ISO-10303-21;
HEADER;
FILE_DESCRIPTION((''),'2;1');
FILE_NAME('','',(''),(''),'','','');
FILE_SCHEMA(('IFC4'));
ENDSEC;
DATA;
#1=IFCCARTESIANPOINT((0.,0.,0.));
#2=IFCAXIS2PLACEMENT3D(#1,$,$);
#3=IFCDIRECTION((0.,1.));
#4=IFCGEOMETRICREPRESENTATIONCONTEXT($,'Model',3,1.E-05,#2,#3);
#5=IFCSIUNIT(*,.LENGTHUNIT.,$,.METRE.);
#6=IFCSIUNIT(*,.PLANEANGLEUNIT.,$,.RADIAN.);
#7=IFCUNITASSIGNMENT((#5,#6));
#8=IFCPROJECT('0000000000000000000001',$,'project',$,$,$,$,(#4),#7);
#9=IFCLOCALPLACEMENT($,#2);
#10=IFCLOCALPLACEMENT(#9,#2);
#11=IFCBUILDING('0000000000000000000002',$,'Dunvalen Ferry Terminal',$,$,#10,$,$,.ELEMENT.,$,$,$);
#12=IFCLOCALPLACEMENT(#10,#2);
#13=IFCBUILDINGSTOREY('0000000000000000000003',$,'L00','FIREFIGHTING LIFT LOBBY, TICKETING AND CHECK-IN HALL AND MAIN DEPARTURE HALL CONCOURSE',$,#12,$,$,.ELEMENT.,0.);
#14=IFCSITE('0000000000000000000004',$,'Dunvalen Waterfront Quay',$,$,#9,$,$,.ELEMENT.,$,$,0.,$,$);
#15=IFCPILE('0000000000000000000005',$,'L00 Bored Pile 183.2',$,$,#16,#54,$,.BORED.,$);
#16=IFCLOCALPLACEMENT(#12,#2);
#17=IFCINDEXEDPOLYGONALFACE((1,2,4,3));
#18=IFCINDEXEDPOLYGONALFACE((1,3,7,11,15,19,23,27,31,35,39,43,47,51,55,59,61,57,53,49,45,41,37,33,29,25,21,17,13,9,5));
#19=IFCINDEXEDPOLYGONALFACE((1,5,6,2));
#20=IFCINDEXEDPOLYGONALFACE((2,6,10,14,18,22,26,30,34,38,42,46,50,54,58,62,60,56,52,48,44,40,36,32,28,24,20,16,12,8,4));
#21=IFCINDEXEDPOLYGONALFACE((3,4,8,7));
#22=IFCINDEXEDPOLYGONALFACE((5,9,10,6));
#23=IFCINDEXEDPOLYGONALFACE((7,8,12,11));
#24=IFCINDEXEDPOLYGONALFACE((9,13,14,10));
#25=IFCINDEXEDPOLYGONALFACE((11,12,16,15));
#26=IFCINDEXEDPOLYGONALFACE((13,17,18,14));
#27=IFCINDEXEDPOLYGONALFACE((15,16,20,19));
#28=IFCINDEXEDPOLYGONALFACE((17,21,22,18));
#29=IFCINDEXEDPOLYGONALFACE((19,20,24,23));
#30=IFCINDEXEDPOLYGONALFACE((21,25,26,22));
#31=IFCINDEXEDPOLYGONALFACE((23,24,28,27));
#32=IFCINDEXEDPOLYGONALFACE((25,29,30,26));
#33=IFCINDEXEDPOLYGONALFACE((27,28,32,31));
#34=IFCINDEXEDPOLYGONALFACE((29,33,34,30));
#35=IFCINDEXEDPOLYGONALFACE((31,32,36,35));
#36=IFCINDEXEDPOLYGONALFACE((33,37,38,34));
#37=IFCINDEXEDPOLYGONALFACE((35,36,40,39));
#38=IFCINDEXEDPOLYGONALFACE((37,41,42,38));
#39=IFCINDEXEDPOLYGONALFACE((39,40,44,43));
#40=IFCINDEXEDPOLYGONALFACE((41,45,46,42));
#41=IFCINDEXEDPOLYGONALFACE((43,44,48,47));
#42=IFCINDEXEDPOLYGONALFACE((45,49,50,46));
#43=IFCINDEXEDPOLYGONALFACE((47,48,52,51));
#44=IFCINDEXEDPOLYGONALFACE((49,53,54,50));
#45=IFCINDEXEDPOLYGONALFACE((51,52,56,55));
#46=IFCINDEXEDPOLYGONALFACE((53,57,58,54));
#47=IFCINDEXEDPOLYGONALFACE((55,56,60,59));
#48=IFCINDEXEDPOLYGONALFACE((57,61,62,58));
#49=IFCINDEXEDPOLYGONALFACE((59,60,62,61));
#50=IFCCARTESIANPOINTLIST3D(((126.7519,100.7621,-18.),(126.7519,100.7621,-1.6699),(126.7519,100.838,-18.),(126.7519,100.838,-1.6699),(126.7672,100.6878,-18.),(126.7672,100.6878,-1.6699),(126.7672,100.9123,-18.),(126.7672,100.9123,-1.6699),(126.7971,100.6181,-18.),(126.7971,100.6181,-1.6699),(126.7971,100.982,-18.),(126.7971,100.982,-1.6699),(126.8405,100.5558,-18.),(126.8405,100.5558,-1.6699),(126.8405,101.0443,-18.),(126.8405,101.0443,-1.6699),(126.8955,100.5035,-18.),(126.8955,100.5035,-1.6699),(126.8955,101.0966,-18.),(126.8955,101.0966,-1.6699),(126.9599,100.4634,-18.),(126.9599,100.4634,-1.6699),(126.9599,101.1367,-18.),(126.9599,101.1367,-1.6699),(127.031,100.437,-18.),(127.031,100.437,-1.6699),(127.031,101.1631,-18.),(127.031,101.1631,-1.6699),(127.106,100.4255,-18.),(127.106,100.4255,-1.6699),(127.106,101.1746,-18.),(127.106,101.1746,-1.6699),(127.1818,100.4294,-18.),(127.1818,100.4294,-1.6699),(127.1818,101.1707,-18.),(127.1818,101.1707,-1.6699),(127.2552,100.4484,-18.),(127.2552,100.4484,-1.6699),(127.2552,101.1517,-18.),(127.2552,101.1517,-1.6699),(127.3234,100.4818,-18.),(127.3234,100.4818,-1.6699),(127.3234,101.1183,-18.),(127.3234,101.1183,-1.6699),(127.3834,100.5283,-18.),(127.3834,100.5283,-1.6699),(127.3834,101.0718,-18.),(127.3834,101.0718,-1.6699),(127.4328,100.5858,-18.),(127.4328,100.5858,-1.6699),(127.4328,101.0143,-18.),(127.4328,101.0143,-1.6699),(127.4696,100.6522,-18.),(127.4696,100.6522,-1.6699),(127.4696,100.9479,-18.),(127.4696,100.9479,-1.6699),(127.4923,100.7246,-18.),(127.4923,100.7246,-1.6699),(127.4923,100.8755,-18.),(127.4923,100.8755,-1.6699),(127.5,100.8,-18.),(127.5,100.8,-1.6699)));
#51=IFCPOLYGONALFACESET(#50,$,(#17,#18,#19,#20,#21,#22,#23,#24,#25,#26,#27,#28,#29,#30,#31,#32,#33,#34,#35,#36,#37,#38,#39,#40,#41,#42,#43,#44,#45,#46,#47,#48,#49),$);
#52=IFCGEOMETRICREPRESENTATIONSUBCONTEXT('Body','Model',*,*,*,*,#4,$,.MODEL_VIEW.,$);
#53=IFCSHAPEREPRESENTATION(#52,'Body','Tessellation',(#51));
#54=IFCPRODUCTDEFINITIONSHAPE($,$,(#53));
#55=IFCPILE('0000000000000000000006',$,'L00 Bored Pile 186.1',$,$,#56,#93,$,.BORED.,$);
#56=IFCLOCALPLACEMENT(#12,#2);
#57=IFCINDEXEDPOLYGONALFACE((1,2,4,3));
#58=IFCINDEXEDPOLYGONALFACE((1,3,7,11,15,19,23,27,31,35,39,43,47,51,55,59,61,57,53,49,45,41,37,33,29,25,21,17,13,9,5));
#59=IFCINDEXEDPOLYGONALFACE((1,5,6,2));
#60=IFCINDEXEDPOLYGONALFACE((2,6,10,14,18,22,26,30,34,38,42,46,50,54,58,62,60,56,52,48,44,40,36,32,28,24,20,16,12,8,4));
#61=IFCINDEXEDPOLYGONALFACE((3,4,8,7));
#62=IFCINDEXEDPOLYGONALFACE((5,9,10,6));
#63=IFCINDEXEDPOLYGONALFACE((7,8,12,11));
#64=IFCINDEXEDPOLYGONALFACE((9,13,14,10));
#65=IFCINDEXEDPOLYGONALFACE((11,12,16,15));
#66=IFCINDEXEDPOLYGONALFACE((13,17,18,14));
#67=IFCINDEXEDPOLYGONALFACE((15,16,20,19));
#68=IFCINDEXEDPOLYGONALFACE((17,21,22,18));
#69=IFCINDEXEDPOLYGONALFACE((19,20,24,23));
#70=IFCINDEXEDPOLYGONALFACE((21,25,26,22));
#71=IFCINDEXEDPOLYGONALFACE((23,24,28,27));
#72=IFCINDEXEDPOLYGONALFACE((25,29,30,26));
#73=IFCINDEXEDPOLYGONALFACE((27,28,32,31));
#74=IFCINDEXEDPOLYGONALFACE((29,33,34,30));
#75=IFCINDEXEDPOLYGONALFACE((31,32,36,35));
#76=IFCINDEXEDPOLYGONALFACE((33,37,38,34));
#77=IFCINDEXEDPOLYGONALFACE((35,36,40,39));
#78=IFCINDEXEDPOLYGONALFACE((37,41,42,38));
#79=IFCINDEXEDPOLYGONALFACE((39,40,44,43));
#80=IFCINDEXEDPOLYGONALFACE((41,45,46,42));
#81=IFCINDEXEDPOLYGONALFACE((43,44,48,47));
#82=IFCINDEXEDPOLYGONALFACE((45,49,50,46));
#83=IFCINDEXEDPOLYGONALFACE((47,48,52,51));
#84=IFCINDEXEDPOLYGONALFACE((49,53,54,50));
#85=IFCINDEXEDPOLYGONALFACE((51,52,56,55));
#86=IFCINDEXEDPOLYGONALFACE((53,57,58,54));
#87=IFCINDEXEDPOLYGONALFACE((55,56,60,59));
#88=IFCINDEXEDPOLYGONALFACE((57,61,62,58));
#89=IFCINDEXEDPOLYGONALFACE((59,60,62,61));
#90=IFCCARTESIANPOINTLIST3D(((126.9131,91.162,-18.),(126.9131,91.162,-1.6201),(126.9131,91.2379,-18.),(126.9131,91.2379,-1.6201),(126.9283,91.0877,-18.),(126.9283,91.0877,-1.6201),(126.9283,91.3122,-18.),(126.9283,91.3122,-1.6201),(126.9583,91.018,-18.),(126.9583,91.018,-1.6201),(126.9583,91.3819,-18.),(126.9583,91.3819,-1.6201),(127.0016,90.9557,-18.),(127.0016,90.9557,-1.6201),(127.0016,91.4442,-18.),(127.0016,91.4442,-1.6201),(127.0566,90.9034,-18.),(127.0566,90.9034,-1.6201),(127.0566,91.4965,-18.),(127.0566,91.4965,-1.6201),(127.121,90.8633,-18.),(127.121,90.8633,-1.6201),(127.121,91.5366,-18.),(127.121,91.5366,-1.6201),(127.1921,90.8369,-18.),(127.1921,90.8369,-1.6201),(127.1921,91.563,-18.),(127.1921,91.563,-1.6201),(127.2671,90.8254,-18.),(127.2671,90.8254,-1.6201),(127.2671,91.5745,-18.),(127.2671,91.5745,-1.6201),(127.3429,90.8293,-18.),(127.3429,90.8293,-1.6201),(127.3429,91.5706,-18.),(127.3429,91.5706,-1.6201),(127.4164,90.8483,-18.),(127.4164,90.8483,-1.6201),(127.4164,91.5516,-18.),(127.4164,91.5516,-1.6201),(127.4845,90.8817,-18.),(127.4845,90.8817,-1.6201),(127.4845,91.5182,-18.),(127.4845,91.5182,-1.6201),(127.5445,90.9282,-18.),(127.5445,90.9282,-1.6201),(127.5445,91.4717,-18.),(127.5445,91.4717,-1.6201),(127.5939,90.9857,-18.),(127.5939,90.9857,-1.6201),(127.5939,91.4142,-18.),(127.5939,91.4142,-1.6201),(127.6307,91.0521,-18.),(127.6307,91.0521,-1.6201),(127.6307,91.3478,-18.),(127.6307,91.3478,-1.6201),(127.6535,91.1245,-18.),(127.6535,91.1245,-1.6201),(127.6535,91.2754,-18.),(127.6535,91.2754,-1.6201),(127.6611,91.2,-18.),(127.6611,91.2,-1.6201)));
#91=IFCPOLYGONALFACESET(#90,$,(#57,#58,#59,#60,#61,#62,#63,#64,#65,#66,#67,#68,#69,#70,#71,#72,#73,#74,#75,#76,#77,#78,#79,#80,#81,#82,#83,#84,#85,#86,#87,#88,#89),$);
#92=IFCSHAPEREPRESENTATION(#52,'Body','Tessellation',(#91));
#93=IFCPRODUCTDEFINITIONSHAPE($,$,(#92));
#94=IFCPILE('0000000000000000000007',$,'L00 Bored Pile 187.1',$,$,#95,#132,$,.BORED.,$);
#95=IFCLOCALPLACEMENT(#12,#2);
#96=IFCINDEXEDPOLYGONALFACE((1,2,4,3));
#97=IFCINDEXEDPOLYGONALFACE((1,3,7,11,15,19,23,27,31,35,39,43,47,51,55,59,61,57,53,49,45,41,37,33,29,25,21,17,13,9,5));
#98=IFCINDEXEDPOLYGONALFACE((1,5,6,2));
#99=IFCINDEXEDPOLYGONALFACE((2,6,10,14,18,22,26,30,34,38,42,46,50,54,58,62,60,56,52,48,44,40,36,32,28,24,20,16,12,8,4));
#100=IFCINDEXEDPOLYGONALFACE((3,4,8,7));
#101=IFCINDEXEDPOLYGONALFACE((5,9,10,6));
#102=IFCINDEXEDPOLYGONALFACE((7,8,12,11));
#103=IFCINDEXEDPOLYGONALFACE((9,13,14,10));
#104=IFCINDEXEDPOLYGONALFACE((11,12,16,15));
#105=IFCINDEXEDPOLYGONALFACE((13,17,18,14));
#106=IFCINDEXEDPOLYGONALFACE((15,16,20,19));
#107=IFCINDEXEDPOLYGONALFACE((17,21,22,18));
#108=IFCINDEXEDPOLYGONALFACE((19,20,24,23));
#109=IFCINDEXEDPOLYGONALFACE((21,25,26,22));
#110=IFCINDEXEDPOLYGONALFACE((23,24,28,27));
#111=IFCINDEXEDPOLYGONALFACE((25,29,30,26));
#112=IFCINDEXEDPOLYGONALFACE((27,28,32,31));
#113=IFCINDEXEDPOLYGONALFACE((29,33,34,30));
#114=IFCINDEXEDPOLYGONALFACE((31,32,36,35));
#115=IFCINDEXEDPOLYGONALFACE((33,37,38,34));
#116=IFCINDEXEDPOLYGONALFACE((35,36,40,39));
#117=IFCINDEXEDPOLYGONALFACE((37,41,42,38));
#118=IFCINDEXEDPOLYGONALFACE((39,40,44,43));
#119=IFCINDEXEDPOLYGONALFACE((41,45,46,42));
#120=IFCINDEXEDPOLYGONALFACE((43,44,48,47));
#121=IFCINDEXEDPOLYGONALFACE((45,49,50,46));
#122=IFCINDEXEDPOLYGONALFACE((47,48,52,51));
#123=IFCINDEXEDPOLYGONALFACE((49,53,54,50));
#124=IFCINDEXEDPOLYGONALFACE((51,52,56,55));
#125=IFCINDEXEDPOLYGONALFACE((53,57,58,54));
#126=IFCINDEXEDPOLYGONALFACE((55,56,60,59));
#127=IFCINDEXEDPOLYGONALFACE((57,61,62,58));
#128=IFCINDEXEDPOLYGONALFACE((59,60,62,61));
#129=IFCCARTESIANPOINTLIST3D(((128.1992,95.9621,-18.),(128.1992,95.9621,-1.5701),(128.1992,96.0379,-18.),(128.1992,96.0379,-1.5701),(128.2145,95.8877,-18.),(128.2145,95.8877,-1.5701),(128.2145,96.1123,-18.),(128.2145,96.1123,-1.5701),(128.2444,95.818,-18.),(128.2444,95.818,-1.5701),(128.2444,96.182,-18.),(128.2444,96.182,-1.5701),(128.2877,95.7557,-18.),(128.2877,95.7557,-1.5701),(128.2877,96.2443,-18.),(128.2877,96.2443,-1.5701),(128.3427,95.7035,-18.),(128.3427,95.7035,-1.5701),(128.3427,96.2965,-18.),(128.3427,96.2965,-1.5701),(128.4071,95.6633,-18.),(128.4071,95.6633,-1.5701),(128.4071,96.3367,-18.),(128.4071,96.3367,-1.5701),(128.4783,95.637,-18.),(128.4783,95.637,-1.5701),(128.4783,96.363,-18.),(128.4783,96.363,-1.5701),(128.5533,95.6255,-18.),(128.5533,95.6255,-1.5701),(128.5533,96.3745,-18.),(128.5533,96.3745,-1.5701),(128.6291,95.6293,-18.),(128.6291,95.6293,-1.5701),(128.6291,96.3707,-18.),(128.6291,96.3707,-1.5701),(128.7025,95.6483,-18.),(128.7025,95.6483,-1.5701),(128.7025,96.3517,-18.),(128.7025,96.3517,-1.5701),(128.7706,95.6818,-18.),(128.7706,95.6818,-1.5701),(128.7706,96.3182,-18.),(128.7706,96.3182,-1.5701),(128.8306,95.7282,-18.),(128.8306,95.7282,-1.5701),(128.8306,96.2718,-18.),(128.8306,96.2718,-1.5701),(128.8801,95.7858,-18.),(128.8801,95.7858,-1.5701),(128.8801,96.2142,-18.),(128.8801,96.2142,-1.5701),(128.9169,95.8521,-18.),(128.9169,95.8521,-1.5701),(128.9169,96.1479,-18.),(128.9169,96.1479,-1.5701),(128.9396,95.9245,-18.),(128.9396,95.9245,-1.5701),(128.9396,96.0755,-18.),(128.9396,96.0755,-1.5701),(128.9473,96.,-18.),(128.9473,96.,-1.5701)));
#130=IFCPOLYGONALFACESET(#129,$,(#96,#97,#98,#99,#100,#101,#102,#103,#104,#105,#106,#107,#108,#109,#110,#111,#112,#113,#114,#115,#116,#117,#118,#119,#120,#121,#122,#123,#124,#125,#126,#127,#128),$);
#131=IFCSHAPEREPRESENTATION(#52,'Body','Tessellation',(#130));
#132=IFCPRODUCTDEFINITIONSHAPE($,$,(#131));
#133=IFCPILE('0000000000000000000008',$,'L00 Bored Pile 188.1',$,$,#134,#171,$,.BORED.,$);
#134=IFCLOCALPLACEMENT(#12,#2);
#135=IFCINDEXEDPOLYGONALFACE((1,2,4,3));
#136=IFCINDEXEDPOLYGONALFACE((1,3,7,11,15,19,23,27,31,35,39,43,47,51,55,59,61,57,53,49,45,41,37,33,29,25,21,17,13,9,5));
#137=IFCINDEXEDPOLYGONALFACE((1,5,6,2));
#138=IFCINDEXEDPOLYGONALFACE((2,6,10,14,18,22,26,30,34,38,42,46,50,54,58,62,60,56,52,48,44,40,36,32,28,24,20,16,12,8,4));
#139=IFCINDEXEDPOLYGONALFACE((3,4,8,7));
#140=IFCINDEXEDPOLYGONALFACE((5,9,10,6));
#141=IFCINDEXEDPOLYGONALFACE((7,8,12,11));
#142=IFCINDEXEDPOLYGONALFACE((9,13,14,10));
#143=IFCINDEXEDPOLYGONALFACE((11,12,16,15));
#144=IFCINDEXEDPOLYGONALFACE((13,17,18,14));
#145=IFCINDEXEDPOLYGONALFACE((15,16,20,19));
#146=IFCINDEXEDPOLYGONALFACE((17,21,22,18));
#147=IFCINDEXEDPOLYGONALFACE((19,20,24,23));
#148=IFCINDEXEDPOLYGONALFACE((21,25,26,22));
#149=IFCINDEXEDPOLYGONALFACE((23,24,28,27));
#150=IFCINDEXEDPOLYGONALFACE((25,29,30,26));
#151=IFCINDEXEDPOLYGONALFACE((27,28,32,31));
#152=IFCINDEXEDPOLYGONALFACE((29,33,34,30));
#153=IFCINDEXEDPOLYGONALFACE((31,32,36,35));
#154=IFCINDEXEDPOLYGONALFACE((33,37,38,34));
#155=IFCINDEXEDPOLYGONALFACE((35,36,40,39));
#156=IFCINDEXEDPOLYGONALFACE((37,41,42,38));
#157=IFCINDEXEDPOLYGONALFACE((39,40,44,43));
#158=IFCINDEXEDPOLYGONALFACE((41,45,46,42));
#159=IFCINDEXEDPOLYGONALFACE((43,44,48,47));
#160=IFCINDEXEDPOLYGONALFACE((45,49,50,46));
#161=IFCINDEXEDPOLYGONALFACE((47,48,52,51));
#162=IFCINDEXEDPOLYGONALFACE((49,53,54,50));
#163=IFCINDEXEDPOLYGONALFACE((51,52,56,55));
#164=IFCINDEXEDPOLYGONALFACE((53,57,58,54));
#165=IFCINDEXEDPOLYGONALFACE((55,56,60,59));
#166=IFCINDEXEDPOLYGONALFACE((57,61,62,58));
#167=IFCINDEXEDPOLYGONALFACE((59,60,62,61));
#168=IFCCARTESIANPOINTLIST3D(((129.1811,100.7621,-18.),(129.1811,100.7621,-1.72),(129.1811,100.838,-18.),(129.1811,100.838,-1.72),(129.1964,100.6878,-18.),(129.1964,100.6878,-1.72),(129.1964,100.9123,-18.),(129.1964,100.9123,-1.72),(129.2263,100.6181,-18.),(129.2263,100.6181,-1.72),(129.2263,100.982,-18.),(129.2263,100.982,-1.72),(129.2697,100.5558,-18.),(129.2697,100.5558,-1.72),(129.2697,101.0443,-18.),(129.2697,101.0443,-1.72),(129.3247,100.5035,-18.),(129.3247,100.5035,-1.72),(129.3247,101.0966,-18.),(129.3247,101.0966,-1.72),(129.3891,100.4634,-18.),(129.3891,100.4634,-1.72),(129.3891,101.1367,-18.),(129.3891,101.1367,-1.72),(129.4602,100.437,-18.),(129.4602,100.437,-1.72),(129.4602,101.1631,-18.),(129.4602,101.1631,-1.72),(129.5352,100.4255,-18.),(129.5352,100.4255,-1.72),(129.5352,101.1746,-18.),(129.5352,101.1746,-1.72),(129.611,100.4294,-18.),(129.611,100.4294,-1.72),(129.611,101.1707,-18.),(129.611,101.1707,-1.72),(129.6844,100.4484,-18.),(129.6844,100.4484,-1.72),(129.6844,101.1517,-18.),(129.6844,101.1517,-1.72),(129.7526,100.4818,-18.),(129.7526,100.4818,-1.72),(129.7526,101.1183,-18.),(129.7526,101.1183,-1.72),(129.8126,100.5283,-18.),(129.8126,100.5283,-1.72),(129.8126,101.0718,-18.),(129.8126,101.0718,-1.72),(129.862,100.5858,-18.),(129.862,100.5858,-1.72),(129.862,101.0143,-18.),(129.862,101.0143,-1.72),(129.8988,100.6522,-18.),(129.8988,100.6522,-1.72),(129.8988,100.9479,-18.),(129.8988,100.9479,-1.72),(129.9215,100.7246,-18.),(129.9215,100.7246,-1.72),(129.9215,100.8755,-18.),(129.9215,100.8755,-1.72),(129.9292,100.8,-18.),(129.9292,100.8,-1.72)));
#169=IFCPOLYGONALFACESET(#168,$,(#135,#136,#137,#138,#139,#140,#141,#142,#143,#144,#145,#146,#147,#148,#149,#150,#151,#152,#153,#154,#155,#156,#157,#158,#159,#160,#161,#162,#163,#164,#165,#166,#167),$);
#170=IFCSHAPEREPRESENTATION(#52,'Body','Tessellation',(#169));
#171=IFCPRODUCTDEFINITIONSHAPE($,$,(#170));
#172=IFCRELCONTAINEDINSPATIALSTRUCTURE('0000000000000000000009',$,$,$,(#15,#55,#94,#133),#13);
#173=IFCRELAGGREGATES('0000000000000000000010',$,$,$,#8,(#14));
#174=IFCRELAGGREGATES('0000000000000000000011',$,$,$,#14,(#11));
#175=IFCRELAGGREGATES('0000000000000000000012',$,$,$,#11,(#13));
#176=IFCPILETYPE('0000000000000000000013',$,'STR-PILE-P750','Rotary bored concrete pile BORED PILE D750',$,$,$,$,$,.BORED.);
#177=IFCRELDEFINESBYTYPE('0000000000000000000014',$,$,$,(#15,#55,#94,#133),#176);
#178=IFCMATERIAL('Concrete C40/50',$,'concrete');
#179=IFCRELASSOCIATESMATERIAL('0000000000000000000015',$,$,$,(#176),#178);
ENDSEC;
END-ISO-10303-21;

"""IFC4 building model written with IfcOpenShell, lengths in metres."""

from ifc_helpers import new_model, si_unit, direction, frame, origin, origin_2d, place, context, subcontext, project, spatial, circle, extrude, material, material_profile, profile_set, type_object, element, save


model = new_model("IFC4")

# Units and contexts
model_context = context("Model", 3, precision=1e-05, world=origin(), true_north=direction((0.0, 1.0)))
body_context = subcontext(model_context, "Body", "Model", "MODEL_VIEW")
ifc_project = project(units=[si_unit("LENGTHUNIT", "METRE"), si_unit("PLANEANGLEUNIT", "RADIAN")], contexts=[model_context])

# Site, building, storey
site_placement = place(None, origin())
site = spatial("IfcSite", under=ifc_project, at=site_placement, Name="Dunvalen Waterfront Quay", CompositionType="ELEMENT", RefElevation=0.0)
building_placement = place(site_placement, origin())
building = spatial("IfcBuilding", under=site, at=building_placement, Name="Dunvalen Ferry Terminal", CompositionType="ELEMENT")
storey_placement = place(building_placement, origin())
storey = spatial("IfcBuildingStorey", under=building, at=storey_placement, Name="L00", Description="FIREFIGHTING LIFT LOBBY, TICKETING AND CHECK-IN HALL AND MAIN DEPARTURE HALL CONCOURSE", CompositionType="ELEMENT", Elevation=0.0)

# Shared definitions
ifc_material_1 = material(Name="Concrete C40/50", Category="concrete")

# Piles
ifc_material_profile_1 = material_profile(ifc_material_1, circle(Radius=0.375, at=origin_2d()), Name="Concrete C40/50")
ifc_profile_set_1 = profile_set([ifc_material_profile_1], Name="Concrete C40/50")
pile_type = type_object("IfcPileType", Name="STR-PILE-P750", Description="Rotary bored concrete pile BORED PILE D750", PredefinedType="BORED", material=ifc_profile_set_1)
for number, where, z_axis, x_axis, name in (
    (1, (127.125, 100.8, -1.6699), (0.0, 0.0, -1.0), (1.0, 0.0, 0.0), "L00 Bored Pile 183.2"),
):
    element("IfcPile", number, at=place(storey_placement, frame(where, z_axis=z_axis, x_axis=x_axis)), inside=storey, type_object=pile_type, Name=name, PredefinedType="BORED", context=body_context, shape_type="SweptSolid", body=[
        extrude(circle(Radius=0.375, at=origin_2d()), origin(), (0.0, 0.0, 1.0), 16.3301),
    ])
pile_1_placement = place(storey_placement, frame((127.2861, 91.2, -1.6201), z_axis=(0.0, 0.0, -1.0), x_axis=(1.0, 0.0, 0.0)))
element("IfcPile", 2, at=pile_1_placement, inside=storey, type_object=pile_type, Name="L00 Bored Pile 186.1", PredefinedType="BORED", context=body_context, shape_type="SweptSolid", body=[
    extrude(circle(Radius=0.375, at=origin_2d()), origin(), (0.0, 0.0, 1.0), 16.3799),
])
pile_2_placement = place(storey_placement, frame((128.5723, 96.0, -1.5701), z_axis=(0.0, 0.0, -1.0), x_axis=(1.0, 0.0, 0.0)))
element("IfcPile", 3, at=pile_2_placement, inside=storey, type_object=pile_type, Name="L00 Bored Pile 187.1", PredefinedType="BORED", context=body_context, shape_type="SweptSolid", body=[
    extrude(circle(Radius=0.375, at=origin_2d()), origin(), (0.0, 0.0, 1.0), 16.4299),
])
pile_3_placement = place(storey_placement, frame((129.5542, 100.8, -1.72), z_axis=(0.0, 0.0, -1.0), x_axis=(1.0, 0.0, 0.0)))
element("IfcPile", 4, at=pile_3_placement, inside=storey, type_object=pile_type, Name="L00 Bored Pile 188.1", PredefinedType="BORED", context=body_context, shape_type="SweptSolid", body=[
    extrude(circle(Radius=0.375, at=origin_2d()), origin(), (0.0, 0.0, 1.0), 16.28),
])

save(model, "model.ifc")
